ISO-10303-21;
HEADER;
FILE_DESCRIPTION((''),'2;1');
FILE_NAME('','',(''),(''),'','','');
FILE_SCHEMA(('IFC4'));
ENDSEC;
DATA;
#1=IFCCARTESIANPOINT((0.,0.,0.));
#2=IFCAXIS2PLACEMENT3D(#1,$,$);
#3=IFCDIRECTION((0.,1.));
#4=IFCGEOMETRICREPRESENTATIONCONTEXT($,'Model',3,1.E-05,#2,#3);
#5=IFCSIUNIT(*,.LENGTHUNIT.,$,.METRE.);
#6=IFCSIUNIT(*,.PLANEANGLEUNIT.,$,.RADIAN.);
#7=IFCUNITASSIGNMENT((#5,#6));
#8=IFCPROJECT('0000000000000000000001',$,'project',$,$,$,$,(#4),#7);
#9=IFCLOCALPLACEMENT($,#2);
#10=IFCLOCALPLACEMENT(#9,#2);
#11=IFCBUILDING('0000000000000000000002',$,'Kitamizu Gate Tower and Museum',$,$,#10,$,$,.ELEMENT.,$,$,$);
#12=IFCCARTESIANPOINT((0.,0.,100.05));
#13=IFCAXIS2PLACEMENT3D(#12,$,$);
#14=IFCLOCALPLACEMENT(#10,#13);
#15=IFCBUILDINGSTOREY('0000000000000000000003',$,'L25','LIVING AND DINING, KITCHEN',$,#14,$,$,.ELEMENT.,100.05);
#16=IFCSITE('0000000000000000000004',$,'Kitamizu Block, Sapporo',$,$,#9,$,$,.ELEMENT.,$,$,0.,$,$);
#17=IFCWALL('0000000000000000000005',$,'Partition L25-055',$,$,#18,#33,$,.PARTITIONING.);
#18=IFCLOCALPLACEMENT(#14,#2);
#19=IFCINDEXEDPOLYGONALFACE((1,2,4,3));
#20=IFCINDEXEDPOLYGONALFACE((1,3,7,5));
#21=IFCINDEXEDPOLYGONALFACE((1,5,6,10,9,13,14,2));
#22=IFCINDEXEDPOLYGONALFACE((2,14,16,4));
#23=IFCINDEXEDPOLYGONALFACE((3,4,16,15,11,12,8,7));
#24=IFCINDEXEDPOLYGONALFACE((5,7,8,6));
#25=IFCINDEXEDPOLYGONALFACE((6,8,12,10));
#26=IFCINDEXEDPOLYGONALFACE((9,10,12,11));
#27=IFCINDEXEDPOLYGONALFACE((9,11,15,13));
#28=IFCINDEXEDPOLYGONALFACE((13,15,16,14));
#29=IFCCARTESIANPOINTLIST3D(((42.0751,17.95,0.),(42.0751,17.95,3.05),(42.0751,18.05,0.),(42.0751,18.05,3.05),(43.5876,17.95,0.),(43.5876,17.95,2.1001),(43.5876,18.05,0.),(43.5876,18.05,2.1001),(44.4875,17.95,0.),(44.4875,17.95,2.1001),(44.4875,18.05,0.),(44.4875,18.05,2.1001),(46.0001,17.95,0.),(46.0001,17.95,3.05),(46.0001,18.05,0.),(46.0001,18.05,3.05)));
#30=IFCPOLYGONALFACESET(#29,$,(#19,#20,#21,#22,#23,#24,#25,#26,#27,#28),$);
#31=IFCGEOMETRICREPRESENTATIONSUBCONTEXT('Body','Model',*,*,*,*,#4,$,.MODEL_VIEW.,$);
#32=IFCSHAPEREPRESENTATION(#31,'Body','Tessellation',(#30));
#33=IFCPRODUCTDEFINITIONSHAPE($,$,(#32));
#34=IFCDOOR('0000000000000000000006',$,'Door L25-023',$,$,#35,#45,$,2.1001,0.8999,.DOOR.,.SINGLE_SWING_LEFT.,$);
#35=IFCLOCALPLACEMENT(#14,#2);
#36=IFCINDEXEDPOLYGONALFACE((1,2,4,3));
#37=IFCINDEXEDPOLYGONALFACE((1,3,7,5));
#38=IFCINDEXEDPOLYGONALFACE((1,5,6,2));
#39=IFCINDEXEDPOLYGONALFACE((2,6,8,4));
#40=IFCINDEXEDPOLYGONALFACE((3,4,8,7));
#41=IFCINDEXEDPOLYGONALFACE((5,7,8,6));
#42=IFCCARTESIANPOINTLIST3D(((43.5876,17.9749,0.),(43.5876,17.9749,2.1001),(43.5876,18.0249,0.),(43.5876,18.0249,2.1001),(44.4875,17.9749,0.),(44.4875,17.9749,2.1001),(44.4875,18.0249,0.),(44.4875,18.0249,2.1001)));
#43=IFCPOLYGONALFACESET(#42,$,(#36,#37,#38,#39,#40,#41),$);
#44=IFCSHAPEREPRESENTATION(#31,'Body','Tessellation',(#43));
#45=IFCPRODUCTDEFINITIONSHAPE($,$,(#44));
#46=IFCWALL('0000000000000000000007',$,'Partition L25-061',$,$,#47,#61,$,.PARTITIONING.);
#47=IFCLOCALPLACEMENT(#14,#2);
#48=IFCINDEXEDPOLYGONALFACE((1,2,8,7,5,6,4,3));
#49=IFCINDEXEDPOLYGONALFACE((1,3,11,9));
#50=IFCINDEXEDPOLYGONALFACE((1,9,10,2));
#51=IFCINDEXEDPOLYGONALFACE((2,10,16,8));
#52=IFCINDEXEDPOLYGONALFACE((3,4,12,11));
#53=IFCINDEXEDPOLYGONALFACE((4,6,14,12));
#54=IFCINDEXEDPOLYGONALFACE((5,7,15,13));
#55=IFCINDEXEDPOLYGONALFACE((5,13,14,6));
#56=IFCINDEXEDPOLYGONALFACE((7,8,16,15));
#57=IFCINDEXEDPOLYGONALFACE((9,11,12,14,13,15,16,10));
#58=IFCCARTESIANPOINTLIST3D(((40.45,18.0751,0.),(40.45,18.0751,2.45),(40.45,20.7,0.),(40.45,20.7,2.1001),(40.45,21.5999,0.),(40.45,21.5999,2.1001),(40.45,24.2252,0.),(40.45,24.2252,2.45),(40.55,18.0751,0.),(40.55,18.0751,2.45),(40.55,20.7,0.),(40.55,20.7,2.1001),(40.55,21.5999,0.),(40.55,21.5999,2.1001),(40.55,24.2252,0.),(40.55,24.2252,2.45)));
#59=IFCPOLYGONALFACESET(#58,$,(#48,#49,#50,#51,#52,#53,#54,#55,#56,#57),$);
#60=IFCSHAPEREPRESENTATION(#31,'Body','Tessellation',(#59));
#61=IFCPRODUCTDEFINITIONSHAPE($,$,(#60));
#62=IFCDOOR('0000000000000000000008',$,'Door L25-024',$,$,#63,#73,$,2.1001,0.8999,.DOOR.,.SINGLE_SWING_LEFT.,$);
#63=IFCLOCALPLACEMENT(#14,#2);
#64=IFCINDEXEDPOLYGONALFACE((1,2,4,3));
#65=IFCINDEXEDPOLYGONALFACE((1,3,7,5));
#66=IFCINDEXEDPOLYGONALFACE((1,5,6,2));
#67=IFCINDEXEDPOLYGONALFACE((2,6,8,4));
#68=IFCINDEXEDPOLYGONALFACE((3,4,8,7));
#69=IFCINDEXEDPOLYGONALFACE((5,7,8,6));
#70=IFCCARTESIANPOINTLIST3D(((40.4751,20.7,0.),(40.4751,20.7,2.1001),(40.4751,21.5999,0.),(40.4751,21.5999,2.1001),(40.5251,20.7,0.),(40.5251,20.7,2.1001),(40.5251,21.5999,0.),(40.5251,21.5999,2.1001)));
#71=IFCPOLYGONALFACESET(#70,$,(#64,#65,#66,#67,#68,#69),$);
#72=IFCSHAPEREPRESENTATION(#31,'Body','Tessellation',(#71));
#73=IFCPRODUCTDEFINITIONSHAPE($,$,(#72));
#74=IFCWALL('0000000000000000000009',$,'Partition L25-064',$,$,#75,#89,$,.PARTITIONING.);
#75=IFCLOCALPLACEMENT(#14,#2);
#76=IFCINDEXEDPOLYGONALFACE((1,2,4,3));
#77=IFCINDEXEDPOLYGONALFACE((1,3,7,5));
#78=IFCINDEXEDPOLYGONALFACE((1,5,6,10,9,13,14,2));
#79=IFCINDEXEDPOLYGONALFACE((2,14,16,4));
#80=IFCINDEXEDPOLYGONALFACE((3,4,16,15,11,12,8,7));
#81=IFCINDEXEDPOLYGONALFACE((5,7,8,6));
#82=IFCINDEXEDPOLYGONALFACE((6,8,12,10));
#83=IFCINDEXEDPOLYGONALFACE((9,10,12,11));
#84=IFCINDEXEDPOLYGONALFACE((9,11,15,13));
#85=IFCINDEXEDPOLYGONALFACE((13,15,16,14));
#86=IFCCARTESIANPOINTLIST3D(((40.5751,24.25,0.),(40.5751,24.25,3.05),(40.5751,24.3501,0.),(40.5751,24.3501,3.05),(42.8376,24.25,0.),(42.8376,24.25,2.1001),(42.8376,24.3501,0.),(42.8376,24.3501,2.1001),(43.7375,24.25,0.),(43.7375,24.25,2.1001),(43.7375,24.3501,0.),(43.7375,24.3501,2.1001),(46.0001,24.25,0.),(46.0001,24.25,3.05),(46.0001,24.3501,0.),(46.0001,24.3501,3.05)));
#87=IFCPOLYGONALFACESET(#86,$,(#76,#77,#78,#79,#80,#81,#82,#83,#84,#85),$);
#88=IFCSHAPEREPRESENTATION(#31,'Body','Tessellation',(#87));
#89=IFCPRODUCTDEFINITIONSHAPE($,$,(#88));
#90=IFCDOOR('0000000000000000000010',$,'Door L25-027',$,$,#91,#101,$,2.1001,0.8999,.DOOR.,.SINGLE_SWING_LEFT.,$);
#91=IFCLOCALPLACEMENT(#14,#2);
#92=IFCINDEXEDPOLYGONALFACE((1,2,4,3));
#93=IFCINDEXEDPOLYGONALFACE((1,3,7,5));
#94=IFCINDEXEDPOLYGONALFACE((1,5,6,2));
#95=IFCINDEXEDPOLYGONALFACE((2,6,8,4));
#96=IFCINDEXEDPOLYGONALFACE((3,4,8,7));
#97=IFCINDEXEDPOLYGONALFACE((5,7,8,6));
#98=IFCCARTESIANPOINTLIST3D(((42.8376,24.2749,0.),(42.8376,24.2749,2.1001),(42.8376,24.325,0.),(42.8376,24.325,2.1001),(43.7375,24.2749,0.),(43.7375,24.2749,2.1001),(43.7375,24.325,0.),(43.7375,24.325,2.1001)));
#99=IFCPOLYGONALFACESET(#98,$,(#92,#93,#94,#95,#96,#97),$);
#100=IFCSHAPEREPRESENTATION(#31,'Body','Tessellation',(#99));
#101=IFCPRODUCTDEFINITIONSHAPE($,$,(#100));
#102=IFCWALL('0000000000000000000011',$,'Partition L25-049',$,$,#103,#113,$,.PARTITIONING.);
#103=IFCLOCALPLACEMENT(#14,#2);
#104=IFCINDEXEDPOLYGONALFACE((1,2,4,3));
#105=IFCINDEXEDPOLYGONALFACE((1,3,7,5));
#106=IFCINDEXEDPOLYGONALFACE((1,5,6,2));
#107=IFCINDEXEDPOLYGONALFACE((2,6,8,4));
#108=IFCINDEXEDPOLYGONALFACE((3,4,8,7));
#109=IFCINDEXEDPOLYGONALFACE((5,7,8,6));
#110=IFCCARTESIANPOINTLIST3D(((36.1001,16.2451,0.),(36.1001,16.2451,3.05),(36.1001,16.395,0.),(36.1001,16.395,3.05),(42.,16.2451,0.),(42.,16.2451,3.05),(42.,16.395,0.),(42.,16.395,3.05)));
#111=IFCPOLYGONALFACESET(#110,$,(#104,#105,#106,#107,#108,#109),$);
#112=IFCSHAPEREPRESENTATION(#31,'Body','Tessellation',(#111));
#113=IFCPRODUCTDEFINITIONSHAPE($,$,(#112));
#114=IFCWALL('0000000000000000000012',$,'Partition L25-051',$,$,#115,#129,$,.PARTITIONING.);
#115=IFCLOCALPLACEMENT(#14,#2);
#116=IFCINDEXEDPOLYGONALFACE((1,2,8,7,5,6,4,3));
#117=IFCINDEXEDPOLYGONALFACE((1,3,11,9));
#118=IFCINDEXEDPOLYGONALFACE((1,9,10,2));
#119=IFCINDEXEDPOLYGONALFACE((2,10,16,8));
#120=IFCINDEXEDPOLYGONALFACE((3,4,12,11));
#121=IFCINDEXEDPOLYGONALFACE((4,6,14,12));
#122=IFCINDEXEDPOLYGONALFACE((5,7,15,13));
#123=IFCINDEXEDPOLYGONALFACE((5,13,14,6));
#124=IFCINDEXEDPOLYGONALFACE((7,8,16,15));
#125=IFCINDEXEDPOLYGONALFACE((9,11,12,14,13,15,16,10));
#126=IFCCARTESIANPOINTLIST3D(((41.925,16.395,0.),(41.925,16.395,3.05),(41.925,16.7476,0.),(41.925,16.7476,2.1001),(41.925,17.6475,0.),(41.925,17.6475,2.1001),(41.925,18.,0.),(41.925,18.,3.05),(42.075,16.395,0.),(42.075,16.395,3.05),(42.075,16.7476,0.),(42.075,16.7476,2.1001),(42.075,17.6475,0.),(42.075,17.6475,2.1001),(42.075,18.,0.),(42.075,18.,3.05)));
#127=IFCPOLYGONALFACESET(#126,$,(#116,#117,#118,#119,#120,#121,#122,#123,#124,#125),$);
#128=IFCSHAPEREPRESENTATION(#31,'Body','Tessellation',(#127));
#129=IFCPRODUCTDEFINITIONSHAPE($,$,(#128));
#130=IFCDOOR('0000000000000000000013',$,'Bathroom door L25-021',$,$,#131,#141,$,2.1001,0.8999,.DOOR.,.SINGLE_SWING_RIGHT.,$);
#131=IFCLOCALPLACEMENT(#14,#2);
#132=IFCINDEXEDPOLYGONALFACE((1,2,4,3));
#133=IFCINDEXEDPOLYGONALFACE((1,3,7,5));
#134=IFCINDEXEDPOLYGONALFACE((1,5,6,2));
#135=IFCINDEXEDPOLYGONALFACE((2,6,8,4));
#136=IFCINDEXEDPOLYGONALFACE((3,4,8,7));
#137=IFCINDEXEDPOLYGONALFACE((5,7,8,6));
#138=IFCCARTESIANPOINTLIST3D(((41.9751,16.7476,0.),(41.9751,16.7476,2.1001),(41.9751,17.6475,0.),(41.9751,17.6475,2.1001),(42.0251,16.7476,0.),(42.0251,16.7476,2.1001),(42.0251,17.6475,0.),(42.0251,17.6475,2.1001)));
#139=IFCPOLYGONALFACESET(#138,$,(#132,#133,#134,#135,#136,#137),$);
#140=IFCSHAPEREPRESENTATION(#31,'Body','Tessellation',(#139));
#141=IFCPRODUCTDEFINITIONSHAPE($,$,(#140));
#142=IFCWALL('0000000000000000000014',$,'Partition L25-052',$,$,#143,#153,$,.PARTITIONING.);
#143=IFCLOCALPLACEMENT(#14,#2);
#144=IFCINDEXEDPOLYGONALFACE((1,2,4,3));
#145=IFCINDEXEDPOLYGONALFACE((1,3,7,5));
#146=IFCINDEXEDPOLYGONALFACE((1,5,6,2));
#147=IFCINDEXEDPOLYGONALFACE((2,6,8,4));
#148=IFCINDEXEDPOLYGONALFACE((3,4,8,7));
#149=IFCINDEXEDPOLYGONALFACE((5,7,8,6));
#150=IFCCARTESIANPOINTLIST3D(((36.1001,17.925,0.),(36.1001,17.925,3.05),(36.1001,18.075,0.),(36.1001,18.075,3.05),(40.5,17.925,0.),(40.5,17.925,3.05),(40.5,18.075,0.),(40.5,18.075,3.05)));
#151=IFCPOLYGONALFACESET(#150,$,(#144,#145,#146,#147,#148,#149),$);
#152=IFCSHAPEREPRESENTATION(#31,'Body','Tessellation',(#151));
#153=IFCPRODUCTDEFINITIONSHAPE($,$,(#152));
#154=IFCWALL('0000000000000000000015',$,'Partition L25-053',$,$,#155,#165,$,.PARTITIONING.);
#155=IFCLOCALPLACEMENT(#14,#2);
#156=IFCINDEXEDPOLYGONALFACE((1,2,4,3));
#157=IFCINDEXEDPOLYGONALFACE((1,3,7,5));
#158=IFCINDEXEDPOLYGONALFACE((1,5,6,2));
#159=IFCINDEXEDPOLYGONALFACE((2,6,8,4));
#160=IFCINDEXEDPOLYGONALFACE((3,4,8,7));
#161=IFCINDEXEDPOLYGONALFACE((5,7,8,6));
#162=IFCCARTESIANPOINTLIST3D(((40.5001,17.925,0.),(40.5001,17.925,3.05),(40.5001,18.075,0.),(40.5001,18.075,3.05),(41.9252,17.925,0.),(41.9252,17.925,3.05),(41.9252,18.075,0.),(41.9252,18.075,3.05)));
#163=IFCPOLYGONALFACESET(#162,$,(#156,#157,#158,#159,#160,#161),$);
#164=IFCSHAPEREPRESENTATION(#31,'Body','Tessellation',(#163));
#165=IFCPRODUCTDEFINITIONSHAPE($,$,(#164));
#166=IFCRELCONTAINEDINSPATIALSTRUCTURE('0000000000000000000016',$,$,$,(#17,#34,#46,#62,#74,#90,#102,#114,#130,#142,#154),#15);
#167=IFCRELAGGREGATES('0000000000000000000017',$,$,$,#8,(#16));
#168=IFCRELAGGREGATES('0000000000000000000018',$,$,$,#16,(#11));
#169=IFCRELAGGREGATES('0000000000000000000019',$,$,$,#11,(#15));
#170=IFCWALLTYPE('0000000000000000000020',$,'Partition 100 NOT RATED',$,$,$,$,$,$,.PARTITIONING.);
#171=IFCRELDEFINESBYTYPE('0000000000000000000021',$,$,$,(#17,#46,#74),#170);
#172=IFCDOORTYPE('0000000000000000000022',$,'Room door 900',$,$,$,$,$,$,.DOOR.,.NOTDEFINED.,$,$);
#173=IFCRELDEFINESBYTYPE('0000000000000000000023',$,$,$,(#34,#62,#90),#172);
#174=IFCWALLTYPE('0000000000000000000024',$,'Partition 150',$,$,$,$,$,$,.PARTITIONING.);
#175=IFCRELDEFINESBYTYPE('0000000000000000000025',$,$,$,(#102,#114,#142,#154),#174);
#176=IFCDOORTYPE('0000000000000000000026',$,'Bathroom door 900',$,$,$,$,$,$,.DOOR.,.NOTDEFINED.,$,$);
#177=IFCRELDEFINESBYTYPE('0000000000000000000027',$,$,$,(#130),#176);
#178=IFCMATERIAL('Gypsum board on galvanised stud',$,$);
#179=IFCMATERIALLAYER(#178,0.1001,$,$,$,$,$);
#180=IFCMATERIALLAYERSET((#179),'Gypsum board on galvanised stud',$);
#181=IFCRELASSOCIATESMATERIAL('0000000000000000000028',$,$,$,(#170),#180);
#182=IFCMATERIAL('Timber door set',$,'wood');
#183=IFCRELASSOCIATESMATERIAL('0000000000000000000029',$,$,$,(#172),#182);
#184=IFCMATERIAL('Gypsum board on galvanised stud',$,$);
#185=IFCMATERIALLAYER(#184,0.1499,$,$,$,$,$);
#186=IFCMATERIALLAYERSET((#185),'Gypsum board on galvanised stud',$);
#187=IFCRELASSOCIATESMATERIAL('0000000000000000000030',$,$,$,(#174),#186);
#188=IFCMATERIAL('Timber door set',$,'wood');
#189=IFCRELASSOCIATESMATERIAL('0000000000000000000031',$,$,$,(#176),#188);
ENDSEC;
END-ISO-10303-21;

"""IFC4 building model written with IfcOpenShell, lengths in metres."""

from ifc_helpers import new_model, si_unit, direction, frame, frame_2d, origin, place, context, subcontext, project, spatial, rectangle, extrude, material, layer, layer_set, type_object, element, fill, save


model = new_model("IFC4")

# Units and contexts
model_context = context("Model", 3, precision=1e-05, world=origin(), true_north=direction((0.0, 1.0)))
body_context = subcontext(model_context, "Body", "Model", "MODEL_VIEW")
ifc_project = project(units=[si_unit("LENGTHUNIT", "METRE"), si_unit("PLANEANGLEUNIT", "RADIAN")], contexts=[model_context])

# Site, building, storey
site_placement = place(None, origin())
site = spatial("IfcSite", under=ifc_project, at=site_placement, Name="Kitamizu Block, Sapporo", CompositionType="ELEMENT", RefElevation=0.0)
building_placement = place(site_placement, origin())
building = spatial("IfcBuilding", under=site, at=building_placement, Name="Kitamizu Gate Tower and Museum", CompositionType="ELEMENT")
storey_placement = place(building_placement, frame((0.0, 0.0, 100.05)))
storey = spatial("IfcBuildingStorey", under=building, at=storey_placement, Name="L25", Description="LIVING AND DINING, KITCHEN", CompositionType="ELEMENT", Elevation=100.05)

# Walls, openings, doors
ifc_material_1 = material(Name="Gypsum board on galvanised stud")
ifc_layer_1 = layer(ifc_material_1, 0.1001)
ifc_layer_set_1 = layer_set([ifc_layer_1], Name="Gypsum board on galvanised stud")
wall_type_1 = type_object("IfcWallType", Name="Partition 100 NOT RATED", PredefinedType="PARTITIONING", material=ifc_layer_set_1)
ifc_material_2 = material(Name="Timber door set", Category="wood")
door_type_1 = type_object("IfcDoorType", Name="Room door 900", OperationType="NOTDEFINED", PredefinedType="DOOR", material=ifc_material_2)
wall_1_placement = place(storey_placement, frame((46.0, 18.0, 0.0), z_axis=(0.0, 0.0, 1.0), x_axis=(-1.0, 0.0, 0.0)))
wall_1 = element("IfcWall", 1, at=wall_1_placement, inside=storey, type_object=wall_type_1, Name="Partition L25-055", PredefinedType="PARTITIONING", context=body_context, shape_type="SweptSolid", body=[
    extrude(rectangle(XDim=3.925, YDim=0.1001, at=frame_2d((1.9624, 0.0))), origin(), (0.0, 0.0, 1.0), 3.05),
])
opening_1_placement = place(wall_1_placement, frame((1.5125, 0.0, 0.0)))
opening_1 = element("IfcOpeningElement", 2, at=opening_1_placement, cuts=wall_1, PredefinedType="OPENING", context=body_context, shape_type="SweptSolid", body=[
    extrude(rectangle(XDim=0.8999, YDim=2.1001, at=frame_2d((0.45, 1.05))), frame((0.0, 0.0601, 0.0), z_axis=(0.0, -1.0, 0.0), x_axis=(1.0, 0.0, 0.0)), (0.0, 0.0, 1.0), 0.1201),
])
door_1_placement = place(opening_1_placement, frame((0.8999, 0.0, 0.0), x_axis=(-1.0, 0.0, 0.0)))
door_1 = element("IfcDoor", 3, at=door_1_placement, inside=storey, type_object=door_type_1, Name="Door L25-023", OperationType="SINGLE_SWING_LEFT", OverallHeight=2.1001, OverallWidth=0.8999, PredefinedType="DOOR", context=body_context, shape_type="SweptSolid", body=[
    extrude(rectangle(XDim=0.8999, YDim=2.1001, at=frame_2d((0.45, 1.05))), frame((0.0, 0.0249, 0.0), z_axis=(0.0, -1.0, 0.0), x_axis=(1.0, 0.0, 0.0)), (0.0, 0.0, 1.0), 0.05),
])
fill(opening_1, door_1)
wall_2_placement = place(storey_placement, frame((40.5, 18.075, 0.0), z_axis=(0.0, 0.0, 1.0), x_axis=(0.0, 1.0, 0.0)))
wall_2 = element("IfcWall", 4, at=wall_2_placement, inside=storey, type_object=wall_type_1, Name="Partition L25-061", PredefinedType="PARTITIONING", context=body_context, shape_type="SweptSolid", body=[
    extrude(rectangle(XDim=6.1501, YDim=0.1001, at=frame_2d((3.0752, 0.0))), origin(), (0.0, 0.0, 1.0), 2.45),
])
opening_2_placement = place(wall_2_placement, frame((2.625, 0.0, 0.0)))
opening_2 = element("IfcOpeningElement", 5, at=opening_2_placement, cuts=wall_2, PredefinedType="OPENING", context=body_context, shape_type="SweptSolid", body=[
    extrude(rectangle(XDim=0.8999, YDim=2.1001, at=frame_2d((0.45, 1.05))), frame((0.0, 0.0601, 0.0), z_axis=(0.0, -1.0, 0.0), x_axis=(1.0, 0.0, 0.0)), (0.0, 0.0, 1.0), 0.1201),
])
door_2_placement = place(opening_2_placement, origin())
door_2 = element("IfcDoor", 6, at=door_2_placement, inside=storey, type_object=door_type_1, Name="Door L25-024", OperationType="SINGLE_SWING_LEFT", OverallHeight=2.1001, OverallWidth=0.8999, PredefinedType="DOOR", context=body_context, shape_type="SweptSolid", body=[
    extrude(rectangle(XDim=0.8999, YDim=2.1001, at=frame_2d((0.45, 1.05))), frame((0.0, 0.0249, 0.0), z_axis=(0.0, -1.0, 0.0), x_axis=(1.0, 0.0, 0.0)), (0.0, 0.0, 1.0), 0.05),
])
fill(opening_2, door_2)
wall_3_placement = place(storey_placement, frame((46.0, 24.3, 0.0), z_axis=(0.0, 0.0, 1.0), x_axis=(-1.0, 0.0, 0.0)))
wall_3 = element("IfcWall", 7, at=wall_3_placement, inside=storey, type_object=wall_type_1, Name="Partition L25-064", PredefinedType="PARTITIONING", context=body_context, shape_type="SweptSolid", body=[
    extrude(rectangle(XDim=5.425, YDim=0.1001, at=frame_2d((2.7124, 0.0))), origin(), (0.0, 0.0, 1.0), 3.05),
])
opening_3_placement = place(wall_3_placement, frame((2.2625, 0.0, 0.0)))
opening_3 = element("IfcOpeningElement", 8, at=opening_3_placement, cuts=wall_3, PredefinedType="OPENING", context=body_context, shape_type="SweptSolid", body=[
    extrude(rectangle(XDim=0.8999, YDim=2.1001, at=frame_2d((0.45, 1.05))), frame((0.0, 0.0601, 0.0), z_axis=(0.0, -1.0, 0.0), x_axis=(1.0, 0.0, 0.0)), (0.0, 0.0, 1.0), 0.1201),
])
door_3_placement = place(opening_3_placement, frame((0.8999, 0.0, 0.0), x_axis=(-1.0, 0.0, 0.0)))
door_3 = element("IfcDoor", 9, at=door_3_placement, inside=storey, type_object=door_type_1, Name="Door L25-027", OperationType="SINGLE_SWING_LEFT", OverallHeight=2.1001, OverallWidth=0.8999, PredefinedType="DOOR", context=body_context, shape_type="SweptSolid", body=[
    extrude(rectangle(XDim=0.8999, YDim=2.1001, at=frame_2d((0.45, 1.05))), frame((0.0, 0.0249, 0.0), z_axis=(0.0, -1.0, 0.0), x_axis=(1.0, 0.0, 0.0)), (0.0, 0.0, 1.0), 0.05),
])
fill(opening_3, door_3)

# Wall
ifc_material_3 = material(Name="Gypsum board on galvanised stud")
ifc_layer_2 = layer(ifc_material_3, 0.1499)
ifc_layer_set_2 = layer_set([ifc_layer_2], Name="Gypsum board on galvanised stud")
wall_type_2 = type_object("IfcWallType", Name="Partition 150", PredefinedType="PARTITIONING", material=ifc_layer_set_2)
wall_4_placement = place(storey_placement, frame((42.0, 16.3201, 0.0), z_axis=(0.0, 0.0, 1.0), x_axis=(-1.0, 0.0, 0.0)))
element("IfcWall", 10, at=wall_4_placement, inside=storey, type_object=wall_type_2, Name="Partition L25-049", PredefinedType="PARTITIONING", context=body_context, shape_type="SweptSolid", body=[
    extrude(rectangle(XDim=5.8999, YDim=0.1499, at=frame_2d((2.95, 0.0))), origin(), (0.0, 0.0, 1.0), 3.05),
])

# Wall, opening, door
wall_5_placement = place(storey_placement, frame((42.0, 16.395, 0.0), z_axis=(0.0, 0.0, 1.0), x_axis=(0.0, 1.0, 0.0)))
wall_5 = element("IfcWall", 11, at=wall_5_placement, inside=storey, type_object=wall_type_2, Name="Partition L25-051", PredefinedType="PARTITIONING", context=body_context, shape_type="SweptSolid", body=[
    extrude(rectangle(XDim=1.605, YDim=0.1499, at=frame_2d((0.8025, 0.0))), origin(), (0.0, 0.0, 1.0), 3.05),
])
opening_4_placement = place(wall_5_placement, frame((0.3525, 0.0, 0.0)))
opening_4 = element("IfcOpeningElement", 12, at=opening_4_placement, cuts=wall_5, PredefinedType="OPENING", context=body_context, shape_type="SweptSolid", body=[
    extrude(rectangle(XDim=0.8999, YDim=2.1001, at=frame_2d((0.45, 1.05))), frame((0.0, 0.085, 0.0), z_axis=(0.0, -1.0, 0.0), x_axis=(1.0, 0.0, 0.0)), (0.0, 0.0, 1.0), 0.1699),
])
ifc_material_4 = material(Name="Timber door set", Category="wood")
door_type_2 = type_object("IfcDoorType", Name="Bathroom door 900", OperationType="NOTDEFINED", PredefinedType="DOOR", material=ifc_material_4)
door_4_placement = place(opening_4_placement, origin())
door_4 = element("IfcDoor", 13, at=door_4_placement, inside=storey, type_object=door_type_2, Name="Bathroom door L25-021", OperationType="SINGLE_SWING_RIGHT", OverallHeight=2.1001, OverallWidth=0.8999, PredefinedType="DOOR", context=body_context, shape_type="SweptSolid", body=[
    extrude(rectangle(XDim=0.8999, YDim=2.1001, at=frame_2d((0.45, 1.05))), frame((0.0, 0.0249, 0.0), z_axis=(0.0, -1.0, 0.0), x_axis=(1.0, 0.0, 0.0)), (0.0, 0.0, 1.0), 0.05),
])
fill(opening_4, door_4)

# Walls
wall_6_placement = place(storey_placement, frame((40.5, 18.0, 0.0), z_axis=(0.0, 0.0, 1.0), x_axis=(-1.0, 0.0, 0.0)))
element("IfcWall", 14, at=wall_6_placement, inside=storey, type_object=wall_type_2, Name="Partition L25-052", PredefinedType="PARTITIONING", context=body_context, shape_type="SweptSolid", body=[
    extrude(rectangle(XDim=4.3999, YDim=0.1499, at=frame_2d((2.2, 0.0))), origin(), (0.0, 0.0, 1.0), 3.05),
])
wall_7_placement = place(storey_placement, frame((41.925, 18.0, 0.0), z_axis=(0.0, 0.0, 1.0), x_axis=(-1.0, 0.0, 0.0)))
element("IfcWall", 15, at=wall_7_placement, inside=storey, type_object=wall_type_2, Name="Partition L25-053", PredefinedType="PARTITIONING", context=body_context, shape_type="SweptSolid", body=[
    extrude(rectangle(XDim=1.425, YDim=0.1499, at=frame_2d((0.7124, 0.0))), origin(), (0.0, 0.0, 1.0), 3.05),
])

save(model, "model.ifc")
